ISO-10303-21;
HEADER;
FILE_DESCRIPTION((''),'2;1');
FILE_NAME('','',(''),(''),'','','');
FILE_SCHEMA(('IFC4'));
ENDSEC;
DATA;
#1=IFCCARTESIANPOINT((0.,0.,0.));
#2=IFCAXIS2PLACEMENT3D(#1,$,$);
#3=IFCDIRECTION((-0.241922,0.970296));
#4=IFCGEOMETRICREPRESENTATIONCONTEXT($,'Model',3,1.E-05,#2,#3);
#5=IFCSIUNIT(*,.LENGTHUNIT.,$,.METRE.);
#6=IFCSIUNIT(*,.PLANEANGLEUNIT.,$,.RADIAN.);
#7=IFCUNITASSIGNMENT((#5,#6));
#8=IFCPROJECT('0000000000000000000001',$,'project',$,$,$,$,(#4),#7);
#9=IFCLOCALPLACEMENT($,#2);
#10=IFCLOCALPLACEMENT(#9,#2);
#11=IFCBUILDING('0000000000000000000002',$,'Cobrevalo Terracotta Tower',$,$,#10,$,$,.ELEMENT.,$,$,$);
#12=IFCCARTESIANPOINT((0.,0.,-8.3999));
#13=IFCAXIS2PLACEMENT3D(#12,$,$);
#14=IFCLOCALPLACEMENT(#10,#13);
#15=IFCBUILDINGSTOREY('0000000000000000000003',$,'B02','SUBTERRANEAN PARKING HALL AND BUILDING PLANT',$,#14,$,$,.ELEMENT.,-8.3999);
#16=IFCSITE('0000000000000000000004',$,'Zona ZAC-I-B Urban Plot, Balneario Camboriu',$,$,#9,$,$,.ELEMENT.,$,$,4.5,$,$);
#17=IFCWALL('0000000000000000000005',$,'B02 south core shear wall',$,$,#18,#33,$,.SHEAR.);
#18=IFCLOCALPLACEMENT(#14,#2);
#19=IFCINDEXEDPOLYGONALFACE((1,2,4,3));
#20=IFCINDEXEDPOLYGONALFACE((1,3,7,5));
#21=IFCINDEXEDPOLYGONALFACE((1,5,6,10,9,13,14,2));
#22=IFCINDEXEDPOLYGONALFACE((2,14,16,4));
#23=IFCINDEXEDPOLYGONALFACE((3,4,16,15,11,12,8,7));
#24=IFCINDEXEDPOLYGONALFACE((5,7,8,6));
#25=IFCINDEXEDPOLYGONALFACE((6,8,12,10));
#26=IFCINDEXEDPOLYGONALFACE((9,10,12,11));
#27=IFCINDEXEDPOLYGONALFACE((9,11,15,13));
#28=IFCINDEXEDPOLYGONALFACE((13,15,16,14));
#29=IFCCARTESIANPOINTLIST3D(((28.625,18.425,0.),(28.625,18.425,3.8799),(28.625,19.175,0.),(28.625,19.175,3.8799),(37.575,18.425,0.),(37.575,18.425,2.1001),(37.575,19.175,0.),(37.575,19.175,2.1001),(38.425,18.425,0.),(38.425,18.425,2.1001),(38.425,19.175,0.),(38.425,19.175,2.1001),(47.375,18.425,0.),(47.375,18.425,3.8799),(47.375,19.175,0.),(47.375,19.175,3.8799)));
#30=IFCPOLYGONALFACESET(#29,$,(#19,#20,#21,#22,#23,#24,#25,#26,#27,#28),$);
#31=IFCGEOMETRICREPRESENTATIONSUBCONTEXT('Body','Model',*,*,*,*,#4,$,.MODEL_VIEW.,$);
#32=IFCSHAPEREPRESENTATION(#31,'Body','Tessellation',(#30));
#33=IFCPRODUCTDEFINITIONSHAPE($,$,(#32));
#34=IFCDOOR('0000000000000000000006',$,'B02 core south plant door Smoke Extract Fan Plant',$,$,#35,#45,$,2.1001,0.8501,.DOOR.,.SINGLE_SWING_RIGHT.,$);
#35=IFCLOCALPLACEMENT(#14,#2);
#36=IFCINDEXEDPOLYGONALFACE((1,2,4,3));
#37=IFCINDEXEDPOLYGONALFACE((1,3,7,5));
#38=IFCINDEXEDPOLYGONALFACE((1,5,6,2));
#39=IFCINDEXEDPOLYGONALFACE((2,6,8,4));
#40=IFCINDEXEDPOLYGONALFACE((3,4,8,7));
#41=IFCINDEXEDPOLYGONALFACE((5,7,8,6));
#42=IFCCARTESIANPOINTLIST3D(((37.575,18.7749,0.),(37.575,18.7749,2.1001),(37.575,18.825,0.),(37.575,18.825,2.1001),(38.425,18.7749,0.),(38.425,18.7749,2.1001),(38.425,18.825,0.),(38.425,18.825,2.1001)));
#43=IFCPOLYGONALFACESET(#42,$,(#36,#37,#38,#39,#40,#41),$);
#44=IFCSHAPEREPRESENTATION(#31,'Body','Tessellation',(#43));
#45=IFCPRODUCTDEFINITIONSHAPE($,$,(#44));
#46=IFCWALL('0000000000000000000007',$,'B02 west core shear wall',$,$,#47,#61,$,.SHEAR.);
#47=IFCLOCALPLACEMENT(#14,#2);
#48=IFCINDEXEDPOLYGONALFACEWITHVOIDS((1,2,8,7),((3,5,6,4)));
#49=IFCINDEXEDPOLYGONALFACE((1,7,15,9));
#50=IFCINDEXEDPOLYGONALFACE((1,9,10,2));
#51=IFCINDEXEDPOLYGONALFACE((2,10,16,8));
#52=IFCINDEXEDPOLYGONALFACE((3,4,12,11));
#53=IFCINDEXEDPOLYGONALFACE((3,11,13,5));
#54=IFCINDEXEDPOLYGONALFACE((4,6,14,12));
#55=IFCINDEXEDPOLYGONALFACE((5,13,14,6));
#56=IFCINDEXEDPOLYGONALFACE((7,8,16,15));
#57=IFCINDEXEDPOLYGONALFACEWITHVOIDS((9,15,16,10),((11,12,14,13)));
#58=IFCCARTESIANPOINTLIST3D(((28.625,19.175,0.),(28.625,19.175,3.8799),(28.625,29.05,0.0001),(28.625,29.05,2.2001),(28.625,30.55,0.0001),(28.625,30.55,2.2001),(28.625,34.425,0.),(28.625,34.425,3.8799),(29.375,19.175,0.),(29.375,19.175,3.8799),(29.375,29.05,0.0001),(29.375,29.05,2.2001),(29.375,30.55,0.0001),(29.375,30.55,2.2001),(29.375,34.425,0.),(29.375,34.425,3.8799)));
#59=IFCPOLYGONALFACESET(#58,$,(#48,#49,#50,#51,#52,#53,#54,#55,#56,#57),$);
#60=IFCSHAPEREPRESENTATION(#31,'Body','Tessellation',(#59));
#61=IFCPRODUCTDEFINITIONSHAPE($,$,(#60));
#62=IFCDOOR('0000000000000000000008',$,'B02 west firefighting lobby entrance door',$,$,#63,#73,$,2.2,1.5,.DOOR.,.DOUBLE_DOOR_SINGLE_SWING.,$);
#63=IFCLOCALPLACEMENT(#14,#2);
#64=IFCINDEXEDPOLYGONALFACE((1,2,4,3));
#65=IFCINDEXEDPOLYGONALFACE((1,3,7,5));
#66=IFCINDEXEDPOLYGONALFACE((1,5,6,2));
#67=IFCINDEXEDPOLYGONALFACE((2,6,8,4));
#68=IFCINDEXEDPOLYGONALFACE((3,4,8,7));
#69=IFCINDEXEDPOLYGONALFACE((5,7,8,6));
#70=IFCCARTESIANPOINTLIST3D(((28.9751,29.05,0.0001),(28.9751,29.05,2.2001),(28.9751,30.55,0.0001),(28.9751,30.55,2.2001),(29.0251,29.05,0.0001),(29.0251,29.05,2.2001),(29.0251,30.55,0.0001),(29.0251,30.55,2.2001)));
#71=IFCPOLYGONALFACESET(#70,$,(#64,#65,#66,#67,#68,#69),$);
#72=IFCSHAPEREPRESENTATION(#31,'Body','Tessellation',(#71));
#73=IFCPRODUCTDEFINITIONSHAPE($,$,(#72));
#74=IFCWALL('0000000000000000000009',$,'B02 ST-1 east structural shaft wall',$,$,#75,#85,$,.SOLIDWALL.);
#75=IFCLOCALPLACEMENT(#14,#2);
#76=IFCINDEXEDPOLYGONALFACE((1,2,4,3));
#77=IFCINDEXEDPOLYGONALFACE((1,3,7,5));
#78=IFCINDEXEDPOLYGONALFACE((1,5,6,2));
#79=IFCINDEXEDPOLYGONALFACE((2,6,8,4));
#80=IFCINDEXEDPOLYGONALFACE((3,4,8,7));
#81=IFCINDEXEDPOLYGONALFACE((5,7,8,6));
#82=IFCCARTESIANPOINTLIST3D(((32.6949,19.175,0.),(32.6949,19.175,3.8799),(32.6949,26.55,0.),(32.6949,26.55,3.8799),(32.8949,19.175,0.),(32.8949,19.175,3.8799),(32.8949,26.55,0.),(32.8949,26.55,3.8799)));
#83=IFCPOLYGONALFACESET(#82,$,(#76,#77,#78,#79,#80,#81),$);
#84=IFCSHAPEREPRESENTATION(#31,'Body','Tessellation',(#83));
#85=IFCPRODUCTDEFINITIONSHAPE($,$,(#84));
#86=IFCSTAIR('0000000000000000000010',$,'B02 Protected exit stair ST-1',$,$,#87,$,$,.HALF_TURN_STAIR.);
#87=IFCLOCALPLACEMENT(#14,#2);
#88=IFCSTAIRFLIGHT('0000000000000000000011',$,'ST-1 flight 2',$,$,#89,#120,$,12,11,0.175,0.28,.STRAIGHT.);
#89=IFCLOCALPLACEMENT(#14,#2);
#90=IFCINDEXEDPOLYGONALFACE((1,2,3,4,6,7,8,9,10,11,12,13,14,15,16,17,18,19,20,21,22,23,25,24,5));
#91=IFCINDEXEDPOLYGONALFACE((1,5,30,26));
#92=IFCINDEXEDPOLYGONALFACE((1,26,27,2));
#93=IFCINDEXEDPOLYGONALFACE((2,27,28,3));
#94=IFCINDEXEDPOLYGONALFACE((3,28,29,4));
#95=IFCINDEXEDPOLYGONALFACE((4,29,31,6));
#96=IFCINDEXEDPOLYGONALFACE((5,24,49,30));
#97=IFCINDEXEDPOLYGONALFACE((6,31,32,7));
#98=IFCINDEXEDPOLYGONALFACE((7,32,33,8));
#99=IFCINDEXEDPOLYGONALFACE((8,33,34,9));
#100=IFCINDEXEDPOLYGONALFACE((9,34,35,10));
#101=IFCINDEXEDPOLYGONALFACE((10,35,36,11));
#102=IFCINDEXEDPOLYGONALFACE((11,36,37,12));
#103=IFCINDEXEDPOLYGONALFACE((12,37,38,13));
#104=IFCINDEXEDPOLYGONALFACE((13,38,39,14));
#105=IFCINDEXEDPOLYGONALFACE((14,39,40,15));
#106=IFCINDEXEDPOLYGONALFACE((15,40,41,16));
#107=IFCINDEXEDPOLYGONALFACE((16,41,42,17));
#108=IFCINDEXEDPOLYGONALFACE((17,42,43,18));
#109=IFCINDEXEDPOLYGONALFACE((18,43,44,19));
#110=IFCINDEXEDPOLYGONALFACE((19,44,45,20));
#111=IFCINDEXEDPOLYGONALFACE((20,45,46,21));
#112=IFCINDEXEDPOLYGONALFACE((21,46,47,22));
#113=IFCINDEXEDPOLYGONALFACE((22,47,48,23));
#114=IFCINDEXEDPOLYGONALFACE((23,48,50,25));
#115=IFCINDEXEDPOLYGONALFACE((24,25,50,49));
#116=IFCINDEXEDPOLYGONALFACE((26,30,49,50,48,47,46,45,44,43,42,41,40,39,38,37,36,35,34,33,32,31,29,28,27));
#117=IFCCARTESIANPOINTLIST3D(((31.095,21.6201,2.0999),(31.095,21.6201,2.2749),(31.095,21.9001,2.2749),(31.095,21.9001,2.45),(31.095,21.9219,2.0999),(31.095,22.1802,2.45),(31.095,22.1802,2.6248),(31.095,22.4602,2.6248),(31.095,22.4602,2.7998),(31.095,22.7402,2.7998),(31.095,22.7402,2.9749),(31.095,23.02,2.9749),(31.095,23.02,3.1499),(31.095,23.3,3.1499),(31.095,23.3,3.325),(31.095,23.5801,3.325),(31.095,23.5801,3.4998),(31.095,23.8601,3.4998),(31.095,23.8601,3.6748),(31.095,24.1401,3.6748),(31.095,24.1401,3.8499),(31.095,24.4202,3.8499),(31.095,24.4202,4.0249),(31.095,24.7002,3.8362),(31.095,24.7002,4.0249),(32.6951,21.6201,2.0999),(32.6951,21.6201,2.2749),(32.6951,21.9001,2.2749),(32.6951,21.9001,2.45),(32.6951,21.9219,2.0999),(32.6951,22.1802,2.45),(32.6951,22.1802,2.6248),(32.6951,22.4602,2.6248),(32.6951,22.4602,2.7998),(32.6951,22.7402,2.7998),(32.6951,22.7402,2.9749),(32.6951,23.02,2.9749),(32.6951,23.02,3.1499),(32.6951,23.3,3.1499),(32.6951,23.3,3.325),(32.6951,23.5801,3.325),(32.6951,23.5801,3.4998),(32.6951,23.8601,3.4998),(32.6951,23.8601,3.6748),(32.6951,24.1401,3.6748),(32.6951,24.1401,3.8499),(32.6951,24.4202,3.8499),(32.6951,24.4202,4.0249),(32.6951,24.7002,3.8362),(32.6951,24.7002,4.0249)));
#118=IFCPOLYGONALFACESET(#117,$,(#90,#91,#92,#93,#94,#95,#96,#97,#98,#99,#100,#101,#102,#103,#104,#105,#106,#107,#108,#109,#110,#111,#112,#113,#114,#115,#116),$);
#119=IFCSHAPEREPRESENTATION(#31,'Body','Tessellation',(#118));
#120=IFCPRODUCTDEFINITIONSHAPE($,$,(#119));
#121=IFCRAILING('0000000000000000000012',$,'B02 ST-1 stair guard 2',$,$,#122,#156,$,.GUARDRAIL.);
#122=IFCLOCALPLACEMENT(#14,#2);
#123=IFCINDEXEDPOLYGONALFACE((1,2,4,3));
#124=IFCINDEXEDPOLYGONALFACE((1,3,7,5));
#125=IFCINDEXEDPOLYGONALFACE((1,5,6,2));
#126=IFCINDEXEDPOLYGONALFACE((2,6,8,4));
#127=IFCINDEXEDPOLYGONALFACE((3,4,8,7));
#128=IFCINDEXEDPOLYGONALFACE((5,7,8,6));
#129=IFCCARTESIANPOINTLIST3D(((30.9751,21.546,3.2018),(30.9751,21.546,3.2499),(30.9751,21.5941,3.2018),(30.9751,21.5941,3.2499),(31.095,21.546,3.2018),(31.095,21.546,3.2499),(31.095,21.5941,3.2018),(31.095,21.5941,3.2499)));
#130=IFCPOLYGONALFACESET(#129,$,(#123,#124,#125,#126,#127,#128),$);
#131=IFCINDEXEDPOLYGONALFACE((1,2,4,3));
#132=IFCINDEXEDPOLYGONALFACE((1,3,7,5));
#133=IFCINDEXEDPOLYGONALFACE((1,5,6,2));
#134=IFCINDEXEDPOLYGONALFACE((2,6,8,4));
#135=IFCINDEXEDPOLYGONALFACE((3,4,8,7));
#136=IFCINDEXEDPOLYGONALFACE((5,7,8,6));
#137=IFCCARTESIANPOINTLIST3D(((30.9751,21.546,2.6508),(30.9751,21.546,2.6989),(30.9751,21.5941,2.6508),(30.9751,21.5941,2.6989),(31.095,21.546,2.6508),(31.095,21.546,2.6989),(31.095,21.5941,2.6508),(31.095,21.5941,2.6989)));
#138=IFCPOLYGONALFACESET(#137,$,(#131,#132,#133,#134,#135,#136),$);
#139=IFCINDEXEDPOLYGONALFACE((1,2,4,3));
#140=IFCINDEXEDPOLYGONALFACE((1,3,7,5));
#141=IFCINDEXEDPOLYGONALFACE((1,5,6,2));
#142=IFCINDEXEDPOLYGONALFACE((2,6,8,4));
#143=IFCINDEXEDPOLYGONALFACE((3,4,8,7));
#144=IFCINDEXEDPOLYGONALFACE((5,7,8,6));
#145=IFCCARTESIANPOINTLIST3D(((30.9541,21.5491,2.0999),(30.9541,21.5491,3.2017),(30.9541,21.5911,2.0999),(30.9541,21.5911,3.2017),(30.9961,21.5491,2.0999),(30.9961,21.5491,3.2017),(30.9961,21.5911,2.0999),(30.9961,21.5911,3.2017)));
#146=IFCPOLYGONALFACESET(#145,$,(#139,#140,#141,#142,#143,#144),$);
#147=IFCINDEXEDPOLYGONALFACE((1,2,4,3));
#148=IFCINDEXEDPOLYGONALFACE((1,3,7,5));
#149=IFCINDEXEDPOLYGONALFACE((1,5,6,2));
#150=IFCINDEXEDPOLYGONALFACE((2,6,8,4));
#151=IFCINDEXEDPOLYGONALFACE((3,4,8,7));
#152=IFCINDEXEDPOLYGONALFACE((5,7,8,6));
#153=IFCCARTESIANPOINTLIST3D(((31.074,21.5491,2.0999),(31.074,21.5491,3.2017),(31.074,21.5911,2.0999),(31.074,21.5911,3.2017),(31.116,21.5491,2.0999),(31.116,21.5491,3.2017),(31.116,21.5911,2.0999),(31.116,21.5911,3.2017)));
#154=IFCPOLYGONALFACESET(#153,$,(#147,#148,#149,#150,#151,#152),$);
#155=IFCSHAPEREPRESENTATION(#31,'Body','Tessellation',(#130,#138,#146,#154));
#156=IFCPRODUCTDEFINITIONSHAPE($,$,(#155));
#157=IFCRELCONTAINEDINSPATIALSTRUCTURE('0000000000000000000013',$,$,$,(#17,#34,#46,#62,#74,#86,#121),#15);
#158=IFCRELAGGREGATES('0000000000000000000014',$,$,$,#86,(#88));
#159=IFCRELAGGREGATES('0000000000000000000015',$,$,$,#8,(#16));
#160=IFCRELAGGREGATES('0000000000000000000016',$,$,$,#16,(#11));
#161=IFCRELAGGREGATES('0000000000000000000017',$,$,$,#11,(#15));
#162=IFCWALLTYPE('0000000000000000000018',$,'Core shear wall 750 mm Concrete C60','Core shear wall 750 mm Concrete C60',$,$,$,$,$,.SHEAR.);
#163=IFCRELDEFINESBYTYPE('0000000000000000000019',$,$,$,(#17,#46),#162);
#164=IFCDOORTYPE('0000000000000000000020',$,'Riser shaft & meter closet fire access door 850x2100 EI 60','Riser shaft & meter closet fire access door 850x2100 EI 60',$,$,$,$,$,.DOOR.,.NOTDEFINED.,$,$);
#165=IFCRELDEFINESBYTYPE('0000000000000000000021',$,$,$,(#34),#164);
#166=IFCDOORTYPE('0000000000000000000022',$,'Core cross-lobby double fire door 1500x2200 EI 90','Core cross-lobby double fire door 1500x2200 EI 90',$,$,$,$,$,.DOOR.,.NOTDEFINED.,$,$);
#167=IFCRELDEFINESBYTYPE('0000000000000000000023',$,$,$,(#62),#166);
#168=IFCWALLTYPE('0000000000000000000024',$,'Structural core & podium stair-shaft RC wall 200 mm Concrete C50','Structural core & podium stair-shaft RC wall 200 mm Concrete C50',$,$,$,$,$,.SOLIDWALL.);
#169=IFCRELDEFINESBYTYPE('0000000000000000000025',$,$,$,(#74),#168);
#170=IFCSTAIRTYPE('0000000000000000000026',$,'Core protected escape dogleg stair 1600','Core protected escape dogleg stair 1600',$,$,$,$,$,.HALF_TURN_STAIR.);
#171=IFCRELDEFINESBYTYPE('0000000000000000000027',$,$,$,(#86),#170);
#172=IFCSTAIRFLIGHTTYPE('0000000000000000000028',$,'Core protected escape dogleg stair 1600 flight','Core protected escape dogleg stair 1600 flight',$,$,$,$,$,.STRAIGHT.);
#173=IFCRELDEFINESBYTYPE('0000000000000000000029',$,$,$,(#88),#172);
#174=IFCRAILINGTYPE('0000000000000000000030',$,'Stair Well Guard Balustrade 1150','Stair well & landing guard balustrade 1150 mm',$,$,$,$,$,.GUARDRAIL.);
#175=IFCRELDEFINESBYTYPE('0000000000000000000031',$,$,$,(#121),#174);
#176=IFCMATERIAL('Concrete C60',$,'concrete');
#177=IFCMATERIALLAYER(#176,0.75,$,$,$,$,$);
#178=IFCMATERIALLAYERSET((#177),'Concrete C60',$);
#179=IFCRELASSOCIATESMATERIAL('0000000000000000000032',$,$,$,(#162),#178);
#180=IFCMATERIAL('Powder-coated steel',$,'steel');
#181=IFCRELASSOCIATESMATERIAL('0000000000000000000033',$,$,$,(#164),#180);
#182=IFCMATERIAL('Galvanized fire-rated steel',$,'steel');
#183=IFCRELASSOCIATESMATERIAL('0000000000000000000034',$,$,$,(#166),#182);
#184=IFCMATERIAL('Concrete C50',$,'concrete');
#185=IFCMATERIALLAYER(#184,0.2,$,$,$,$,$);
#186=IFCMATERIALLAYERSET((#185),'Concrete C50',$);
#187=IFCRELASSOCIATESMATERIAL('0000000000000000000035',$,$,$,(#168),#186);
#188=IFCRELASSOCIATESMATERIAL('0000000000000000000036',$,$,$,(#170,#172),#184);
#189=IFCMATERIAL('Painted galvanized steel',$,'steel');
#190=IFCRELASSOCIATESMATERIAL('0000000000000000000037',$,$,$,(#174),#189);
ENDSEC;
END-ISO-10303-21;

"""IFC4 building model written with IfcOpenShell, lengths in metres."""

from ifc_helpers import new_model, si_unit, direction, frame, frame_2d, origin, origin_2d, place, context, subcontext, project, spatial, polyline, rectangle, outline, extrude, source, transform, mapped, material, layer, layer_set, type_object, element, fill, aggregate, save


model = new_model("IFC4")

# Units and contexts
model_context = context("Model", 3, precision=1e-05, world=origin(), true_north=direction((-0.241922, 0.970296)))
body_context = subcontext(model_context, "Body", "Model", "MODEL_VIEW")
ifc_project = project(units=[si_unit("LENGTHUNIT", "METRE"), si_unit("PLANEANGLEUNIT", "RADIAN")], contexts=[model_context])

# Site, building, storey
site_placement = place(None, origin())
site = spatial("IfcSite", under=ifc_project, at=site_placement, Name="Zona ZAC-I-B Urban Plot, Balneario Camboriu", CompositionType="ELEMENT", RefElevation=4.5)
building_placement = place(site_placement, origin())
building = spatial("IfcBuilding", under=site, at=building_placement, Name="Cobrevalo Terracotta Tower", CompositionType="ELEMENT")
storey_placement = place(building_placement, frame((0.0, 0.0, -8.3999)))
storey = spatial("IfcBuildingStorey", under=building, at=storey_placement, Name="B02", Description="SUBTERRANEAN PARKING HALL AND BUILDING PLANT", CompositionType="ELEMENT", Elevation=-8.3999)

# Shared definitions
ifc_material_1 = material(Name="Concrete C50", Category="concrete")

# Shared definitions
ifc_material_2 = material(Name="Concrete C60", Category="concrete")

# Walls, openings, doors
ifc_layer_1 = layer(ifc_material_2, 0.75)
ifc_layer_set_1 = layer_set([ifc_layer_1], Name="Concrete C60")
wall_type_1 = type_object("IfcWallType", Name="Core shear wall 750 mm Concrete C60", Description="Core shear wall 750 mm Concrete C60", PredefinedType="SHEAR", material=ifc_layer_set_1)
wall_1_placement = place(storey_placement, frame((28.625, 18.8, 0.0), z_axis=(0.0, 0.0, 1.0), x_axis=(1.0, 0.0, 0.0)))
wall_1 = element("IfcWall", 1, at=wall_1_placement, inside=storey, type_object=wall_type_1, Name="B02 south core shear wall", PredefinedType="SHEAR", context=body_context, shape_type="SweptSolid", body=[
    extrude(rectangle(XDim=18.75, YDim=0.75, at=frame_2d((9.375, 0.0))), origin(), (0.0, 0.0, 1.0), 3.8799),
])
opening_1_placement = place(wall_1_placement, frame((8.95, 0.0, 0.0)))
opening_1 = element("IfcOpeningElement", 2, at=opening_1_placement, cuts=wall_1, PredefinedType="OPENING", context=body_context, shape_type="SweptSolid", body=[
    extrude(rectangle(XDim=0.8501, YDim=2.1001, at=frame_2d((0.425, 1.05))), frame((0.0, 0.385, 0.0), z_axis=(0.0, -1.0, 0.0), x_axis=(1.0, 0.0, 0.0)), (0.0, 0.0, 1.0), 0.77),
])
ifc_material_3 = material(Name="Powder-coated steel", Category="steel")
door_type_1 = type_object("IfcDoorType", Name="Riser shaft & meter closet fire access door 850x2100 EI 60", Description="Riser shaft & meter closet fire access door 850x2100 EI 60", OperationType="NOTDEFINED", PredefinedType="DOOR", material=ifc_material_3)
shared_shape_1 = source(origin(), body_context, "Body", "SweptSolid", [
    extrude(rectangle(XDim=0.8501, YDim=2.1001, at=frame_2d((0.425, 1.05))), frame((0.0, 0.0249, 0.0), z_axis=(0.0, -1.0, 0.0), x_axis=(1.0, 0.0, 0.0)), (0.0, 0.0, 1.0), 0.05),
])
door_1_placement = place(opening_1_placement, origin())
door_1 = element("IfcDoor", 3, at=door_1_placement, inside=storey, type_object=door_type_1, Name="B02 core south plant door Smoke Extract Fan Plant", OperationType="SINGLE_SWING_RIGHT", OverallHeight=2.1001, OverallWidth=0.8501, PredefinedType="DOOR", context=body_context, shape_type="MappedRepresentation", body=[
    mapped(shared_shape_1, transform((0.0, 0.0, 0.0), scale=1.0)),
])
fill(opening_1, door_1)
wall_2_placement = place(storey_placement, frame((29.0, 19.175, 0.0), z_axis=(0.0, 0.0, 1.0), x_axis=(0.0, 1.0, 0.0)))
wall_2 = element("IfcWall", 4, at=wall_2_placement, inside=storey, type_object=wall_type_1, Name="B02 west core shear wall", PredefinedType="SHEAR", context=body_context, shape_type="SweptSolid", body=[
    extrude(rectangle(XDim=15.25, YDim=0.75, at=frame_2d((7.625, 0.0))), origin(), (0.0, 0.0, 1.0), 3.8799),
])
opening_2_placement = place(wall_2_placement, frame((9.875, 0.0, 0.0)))
opening_2 = element("IfcOpeningElement", 5, at=opening_2_placement, cuts=wall_2, PredefinedType="OPENING", context=body_context, shape_type="SweptSolid", body=[
    extrude(rectangle(XDim=1.5, YDim=2.2, at=frame_2d((0.75, 1.1001))), frame((0.0, 0.385, 0.0), z_axis=(0.0, -1.0, 0.0), x_axis=(1.0, 0.0, 0.0)), (0.0, 0.0, 1.0), 0.77),
])
ifc_material_4 = material(Name="Galvanized fire-rated steel", Category="steel")
door_type_2 = type_object("IfcDoorType", Name="Core cross-lobby double fire door 1500x2200 EI 90", Description="Core cross-lobby double fire door 1500x2200 EI 90", OperationType="NOTDEFINED", PredefinedType="DOOR", material=ifc_material_4)
shared_shape_2 = source(origin(), body_context, "Body", "SweptSolid", [
    extrude(rectangle(XDim=1.5, YDim=2.2, at=frame_2d((0.75, 1.1001))), frame((0.0, 0.0249, 0.0), z_axis=(0.0, -1.0, 0.0), x_axis=(1.0, 0.0, 0.0)), (0.0, 0.0, 1.0), 0.05),
])
door_2_placement = place(opening_2_placement, origin())
door_2 = element("IfcDoor", 6, at=door_2_placement, inside=storey, type_object=door_type_2, Name="B02 west firefighting lobby entrance door", OperationType="DOUBLE_DOOR_SINGLE_SWING", OverallHeight=2.2, OverallWidth=1.5, PredefinedType="DOOR", context=body_context, shape_type="MappedRepresentation", body=[
    mapped(shared_shape_2, transform((0.0, 0.0, 0.0), scale=1.0)),
])
fill(opening_2, door_2)

# Wall
ifc_layer_2 = layer(ifc_material_1, 0.2)
ifc_layer_set_2 = layer_set([ifc_layer_2], Name="Concrete C50")
wall_type_2 = type_object("IfcWallType", Name="Structural core & podium stair-shaft RC wall 200 mm Concrete C50", Description="Structural core & podium stair-shaft RC wall 200 mm Concrete C50", PredefinedType="SOLIDWALL", material=ifc_layer_set_2)
wall_3_placement = place(storey_placement, frame((32.7949, 19.175, 0.0), z_axis=(0.0, 0.0, 1.0), x_axis=(0.0, 1.0, 0.0)))
element("IfcWall", 7, at=wall_3_placement, inside=storey, type_object=wall_type_2, Name="B02 ST-1 east structural shaft wall", PredefinedType="SOLIDWALL", context=body_context, shape_type="SweptSolid", body=[
    extrude(rectangle(XDim=7.375, YDim=0.2, at=frame_2d((3.6875, 0.0))), origin(), (0.0, 0.0, 1.0), 3.8799),
])

# Stair, stair flight
stair_type = type_object("IfcStairType", Name="Core protected escape dogleg stair 1600", Description="Core protected escape dogleg stair 1600", PredefinedType="HALF_TURN_STAIR", material=ifc_material_1)
stair_placement = place(storey_placement, origin())
stair = element("IfcStair", 8, at=stair_placement, inside=storey, type_object=stair_type, Name="B02 Protected exit stair ST-1", PredefinedType="HALF_TURN_STAIR")
stair_flight_type = type_object("IfcStairFlightType", Name="Core protected escape dogleg stair 1600 flight", Description="Core protected escape dogleg stair 1600 flight", PredefinedType="STRAIGHT", material=ifc_material_1)
stair_flight_placement = place(storey_placement, frame((31.895, 21.6201, 2.0999), z_axis=(0.0, 0.0, 1.0), x_axis=(0.0, 1.0, 0.0)))
stair_flight = element("IfcStairFlight", 9, at=stair_flight_placement, type_object=stair_flight_type, Name="ST-1 flight 2", NumberOfRisers=12, NumberOfTreads=11, PredefinedType="STRAIGHT", RiserHeight=0.175, TreadLength=0.28, context=body_context, shape_type="SweptSolid", body=[
    extrude(outline(polyline([(0.0, 0.0), (0.0, 0.175), (0.28, 0.175), (0.28, 0.3501), (0.5601, 0.3501), (0.5601, 0.5249), (0.8401, 0.5249), (0.8401, 0.7), (1.1201, 0.7), (1.1201, 0.875), (1.3999, 0.875), (1.3999, 1.05), (1.6799, 1.05), (1.6799, 1.2251), (1.96, 1.2251), (1.96, 1.3999), (2.24, 1.3999), (2.24, 1.575), (2.52, 1.575), (2.52, 1.75), (2.8, 1.75), (2.8, 1.925), (3.0801, 1.925), (3.0801, 2.1001), (3.0801, 1.7363), (0.3018, 0.0), (0.0, 0.0)])), frame((0.0, 0.8, 0.0), z_axis=(0.0, -1.0, 0.0), x_axis=(1.0, 0.0, 0.0)), (0.0, 0.0, 1.0), 1.6001),
])
aggregate(stair, [stair_flight])

# Railing
ifc_material_5 = material(Name="Painted galvanized steel", Category="steel")
railing_type = type_object("IfcRailingType", Name="Stair Well Guard Balustrade 1150", Description="Stair well & landing guard balustrade 1150 mm", PredefinedType="GUARDRAIL", material=ifc_material_5)
railing_1_placement = place(storey_placement, frame((30.9751, 21.5701, 2.0999)))
element("IfcRailing", 10, at=railing_1_placement, inside=storey, type_object=railing_type, Name="B02 ST-1 stair guard 2", PredefinedType="GUARDRAIL", context=body_context, shape_type="SweptSolid", body=[
    extrude(rectangle(XDim=0.0481, YDim=0.0481, at=origin_2d()), frame((0.0, 0.0, 1.126), z_axis=(1.0, 0.0, 0.0), x_axis=(0.0, 1.0, 0.0)), (0.0, 0.0, 1.0), 0.1199),
    extrude(rectangle(XDim=0.0481, YDim=0.0481, at=origin_2d()), frame((0.0, 0.0, 0.575), z_axis=(1.0, 0.0, 0.0), x_axis=(0.0, 1.0, 0.0)), (0.0, 0.0, 1.0), 0.1199),
    extrude(rectangle(XDim=0.042, YDim=0.042, at=origin_2d()), origin(), (0.0, 0.0, 1.0), 1.1018),
    extrude(rectangle(XDim=0.042, YDim=0.042, at=origin_2d()), frame((0.1199, 0.0, 0.0)), (0.0, 0.0, 1.0), 1.1018),
])

save(model, "model.ifc")
